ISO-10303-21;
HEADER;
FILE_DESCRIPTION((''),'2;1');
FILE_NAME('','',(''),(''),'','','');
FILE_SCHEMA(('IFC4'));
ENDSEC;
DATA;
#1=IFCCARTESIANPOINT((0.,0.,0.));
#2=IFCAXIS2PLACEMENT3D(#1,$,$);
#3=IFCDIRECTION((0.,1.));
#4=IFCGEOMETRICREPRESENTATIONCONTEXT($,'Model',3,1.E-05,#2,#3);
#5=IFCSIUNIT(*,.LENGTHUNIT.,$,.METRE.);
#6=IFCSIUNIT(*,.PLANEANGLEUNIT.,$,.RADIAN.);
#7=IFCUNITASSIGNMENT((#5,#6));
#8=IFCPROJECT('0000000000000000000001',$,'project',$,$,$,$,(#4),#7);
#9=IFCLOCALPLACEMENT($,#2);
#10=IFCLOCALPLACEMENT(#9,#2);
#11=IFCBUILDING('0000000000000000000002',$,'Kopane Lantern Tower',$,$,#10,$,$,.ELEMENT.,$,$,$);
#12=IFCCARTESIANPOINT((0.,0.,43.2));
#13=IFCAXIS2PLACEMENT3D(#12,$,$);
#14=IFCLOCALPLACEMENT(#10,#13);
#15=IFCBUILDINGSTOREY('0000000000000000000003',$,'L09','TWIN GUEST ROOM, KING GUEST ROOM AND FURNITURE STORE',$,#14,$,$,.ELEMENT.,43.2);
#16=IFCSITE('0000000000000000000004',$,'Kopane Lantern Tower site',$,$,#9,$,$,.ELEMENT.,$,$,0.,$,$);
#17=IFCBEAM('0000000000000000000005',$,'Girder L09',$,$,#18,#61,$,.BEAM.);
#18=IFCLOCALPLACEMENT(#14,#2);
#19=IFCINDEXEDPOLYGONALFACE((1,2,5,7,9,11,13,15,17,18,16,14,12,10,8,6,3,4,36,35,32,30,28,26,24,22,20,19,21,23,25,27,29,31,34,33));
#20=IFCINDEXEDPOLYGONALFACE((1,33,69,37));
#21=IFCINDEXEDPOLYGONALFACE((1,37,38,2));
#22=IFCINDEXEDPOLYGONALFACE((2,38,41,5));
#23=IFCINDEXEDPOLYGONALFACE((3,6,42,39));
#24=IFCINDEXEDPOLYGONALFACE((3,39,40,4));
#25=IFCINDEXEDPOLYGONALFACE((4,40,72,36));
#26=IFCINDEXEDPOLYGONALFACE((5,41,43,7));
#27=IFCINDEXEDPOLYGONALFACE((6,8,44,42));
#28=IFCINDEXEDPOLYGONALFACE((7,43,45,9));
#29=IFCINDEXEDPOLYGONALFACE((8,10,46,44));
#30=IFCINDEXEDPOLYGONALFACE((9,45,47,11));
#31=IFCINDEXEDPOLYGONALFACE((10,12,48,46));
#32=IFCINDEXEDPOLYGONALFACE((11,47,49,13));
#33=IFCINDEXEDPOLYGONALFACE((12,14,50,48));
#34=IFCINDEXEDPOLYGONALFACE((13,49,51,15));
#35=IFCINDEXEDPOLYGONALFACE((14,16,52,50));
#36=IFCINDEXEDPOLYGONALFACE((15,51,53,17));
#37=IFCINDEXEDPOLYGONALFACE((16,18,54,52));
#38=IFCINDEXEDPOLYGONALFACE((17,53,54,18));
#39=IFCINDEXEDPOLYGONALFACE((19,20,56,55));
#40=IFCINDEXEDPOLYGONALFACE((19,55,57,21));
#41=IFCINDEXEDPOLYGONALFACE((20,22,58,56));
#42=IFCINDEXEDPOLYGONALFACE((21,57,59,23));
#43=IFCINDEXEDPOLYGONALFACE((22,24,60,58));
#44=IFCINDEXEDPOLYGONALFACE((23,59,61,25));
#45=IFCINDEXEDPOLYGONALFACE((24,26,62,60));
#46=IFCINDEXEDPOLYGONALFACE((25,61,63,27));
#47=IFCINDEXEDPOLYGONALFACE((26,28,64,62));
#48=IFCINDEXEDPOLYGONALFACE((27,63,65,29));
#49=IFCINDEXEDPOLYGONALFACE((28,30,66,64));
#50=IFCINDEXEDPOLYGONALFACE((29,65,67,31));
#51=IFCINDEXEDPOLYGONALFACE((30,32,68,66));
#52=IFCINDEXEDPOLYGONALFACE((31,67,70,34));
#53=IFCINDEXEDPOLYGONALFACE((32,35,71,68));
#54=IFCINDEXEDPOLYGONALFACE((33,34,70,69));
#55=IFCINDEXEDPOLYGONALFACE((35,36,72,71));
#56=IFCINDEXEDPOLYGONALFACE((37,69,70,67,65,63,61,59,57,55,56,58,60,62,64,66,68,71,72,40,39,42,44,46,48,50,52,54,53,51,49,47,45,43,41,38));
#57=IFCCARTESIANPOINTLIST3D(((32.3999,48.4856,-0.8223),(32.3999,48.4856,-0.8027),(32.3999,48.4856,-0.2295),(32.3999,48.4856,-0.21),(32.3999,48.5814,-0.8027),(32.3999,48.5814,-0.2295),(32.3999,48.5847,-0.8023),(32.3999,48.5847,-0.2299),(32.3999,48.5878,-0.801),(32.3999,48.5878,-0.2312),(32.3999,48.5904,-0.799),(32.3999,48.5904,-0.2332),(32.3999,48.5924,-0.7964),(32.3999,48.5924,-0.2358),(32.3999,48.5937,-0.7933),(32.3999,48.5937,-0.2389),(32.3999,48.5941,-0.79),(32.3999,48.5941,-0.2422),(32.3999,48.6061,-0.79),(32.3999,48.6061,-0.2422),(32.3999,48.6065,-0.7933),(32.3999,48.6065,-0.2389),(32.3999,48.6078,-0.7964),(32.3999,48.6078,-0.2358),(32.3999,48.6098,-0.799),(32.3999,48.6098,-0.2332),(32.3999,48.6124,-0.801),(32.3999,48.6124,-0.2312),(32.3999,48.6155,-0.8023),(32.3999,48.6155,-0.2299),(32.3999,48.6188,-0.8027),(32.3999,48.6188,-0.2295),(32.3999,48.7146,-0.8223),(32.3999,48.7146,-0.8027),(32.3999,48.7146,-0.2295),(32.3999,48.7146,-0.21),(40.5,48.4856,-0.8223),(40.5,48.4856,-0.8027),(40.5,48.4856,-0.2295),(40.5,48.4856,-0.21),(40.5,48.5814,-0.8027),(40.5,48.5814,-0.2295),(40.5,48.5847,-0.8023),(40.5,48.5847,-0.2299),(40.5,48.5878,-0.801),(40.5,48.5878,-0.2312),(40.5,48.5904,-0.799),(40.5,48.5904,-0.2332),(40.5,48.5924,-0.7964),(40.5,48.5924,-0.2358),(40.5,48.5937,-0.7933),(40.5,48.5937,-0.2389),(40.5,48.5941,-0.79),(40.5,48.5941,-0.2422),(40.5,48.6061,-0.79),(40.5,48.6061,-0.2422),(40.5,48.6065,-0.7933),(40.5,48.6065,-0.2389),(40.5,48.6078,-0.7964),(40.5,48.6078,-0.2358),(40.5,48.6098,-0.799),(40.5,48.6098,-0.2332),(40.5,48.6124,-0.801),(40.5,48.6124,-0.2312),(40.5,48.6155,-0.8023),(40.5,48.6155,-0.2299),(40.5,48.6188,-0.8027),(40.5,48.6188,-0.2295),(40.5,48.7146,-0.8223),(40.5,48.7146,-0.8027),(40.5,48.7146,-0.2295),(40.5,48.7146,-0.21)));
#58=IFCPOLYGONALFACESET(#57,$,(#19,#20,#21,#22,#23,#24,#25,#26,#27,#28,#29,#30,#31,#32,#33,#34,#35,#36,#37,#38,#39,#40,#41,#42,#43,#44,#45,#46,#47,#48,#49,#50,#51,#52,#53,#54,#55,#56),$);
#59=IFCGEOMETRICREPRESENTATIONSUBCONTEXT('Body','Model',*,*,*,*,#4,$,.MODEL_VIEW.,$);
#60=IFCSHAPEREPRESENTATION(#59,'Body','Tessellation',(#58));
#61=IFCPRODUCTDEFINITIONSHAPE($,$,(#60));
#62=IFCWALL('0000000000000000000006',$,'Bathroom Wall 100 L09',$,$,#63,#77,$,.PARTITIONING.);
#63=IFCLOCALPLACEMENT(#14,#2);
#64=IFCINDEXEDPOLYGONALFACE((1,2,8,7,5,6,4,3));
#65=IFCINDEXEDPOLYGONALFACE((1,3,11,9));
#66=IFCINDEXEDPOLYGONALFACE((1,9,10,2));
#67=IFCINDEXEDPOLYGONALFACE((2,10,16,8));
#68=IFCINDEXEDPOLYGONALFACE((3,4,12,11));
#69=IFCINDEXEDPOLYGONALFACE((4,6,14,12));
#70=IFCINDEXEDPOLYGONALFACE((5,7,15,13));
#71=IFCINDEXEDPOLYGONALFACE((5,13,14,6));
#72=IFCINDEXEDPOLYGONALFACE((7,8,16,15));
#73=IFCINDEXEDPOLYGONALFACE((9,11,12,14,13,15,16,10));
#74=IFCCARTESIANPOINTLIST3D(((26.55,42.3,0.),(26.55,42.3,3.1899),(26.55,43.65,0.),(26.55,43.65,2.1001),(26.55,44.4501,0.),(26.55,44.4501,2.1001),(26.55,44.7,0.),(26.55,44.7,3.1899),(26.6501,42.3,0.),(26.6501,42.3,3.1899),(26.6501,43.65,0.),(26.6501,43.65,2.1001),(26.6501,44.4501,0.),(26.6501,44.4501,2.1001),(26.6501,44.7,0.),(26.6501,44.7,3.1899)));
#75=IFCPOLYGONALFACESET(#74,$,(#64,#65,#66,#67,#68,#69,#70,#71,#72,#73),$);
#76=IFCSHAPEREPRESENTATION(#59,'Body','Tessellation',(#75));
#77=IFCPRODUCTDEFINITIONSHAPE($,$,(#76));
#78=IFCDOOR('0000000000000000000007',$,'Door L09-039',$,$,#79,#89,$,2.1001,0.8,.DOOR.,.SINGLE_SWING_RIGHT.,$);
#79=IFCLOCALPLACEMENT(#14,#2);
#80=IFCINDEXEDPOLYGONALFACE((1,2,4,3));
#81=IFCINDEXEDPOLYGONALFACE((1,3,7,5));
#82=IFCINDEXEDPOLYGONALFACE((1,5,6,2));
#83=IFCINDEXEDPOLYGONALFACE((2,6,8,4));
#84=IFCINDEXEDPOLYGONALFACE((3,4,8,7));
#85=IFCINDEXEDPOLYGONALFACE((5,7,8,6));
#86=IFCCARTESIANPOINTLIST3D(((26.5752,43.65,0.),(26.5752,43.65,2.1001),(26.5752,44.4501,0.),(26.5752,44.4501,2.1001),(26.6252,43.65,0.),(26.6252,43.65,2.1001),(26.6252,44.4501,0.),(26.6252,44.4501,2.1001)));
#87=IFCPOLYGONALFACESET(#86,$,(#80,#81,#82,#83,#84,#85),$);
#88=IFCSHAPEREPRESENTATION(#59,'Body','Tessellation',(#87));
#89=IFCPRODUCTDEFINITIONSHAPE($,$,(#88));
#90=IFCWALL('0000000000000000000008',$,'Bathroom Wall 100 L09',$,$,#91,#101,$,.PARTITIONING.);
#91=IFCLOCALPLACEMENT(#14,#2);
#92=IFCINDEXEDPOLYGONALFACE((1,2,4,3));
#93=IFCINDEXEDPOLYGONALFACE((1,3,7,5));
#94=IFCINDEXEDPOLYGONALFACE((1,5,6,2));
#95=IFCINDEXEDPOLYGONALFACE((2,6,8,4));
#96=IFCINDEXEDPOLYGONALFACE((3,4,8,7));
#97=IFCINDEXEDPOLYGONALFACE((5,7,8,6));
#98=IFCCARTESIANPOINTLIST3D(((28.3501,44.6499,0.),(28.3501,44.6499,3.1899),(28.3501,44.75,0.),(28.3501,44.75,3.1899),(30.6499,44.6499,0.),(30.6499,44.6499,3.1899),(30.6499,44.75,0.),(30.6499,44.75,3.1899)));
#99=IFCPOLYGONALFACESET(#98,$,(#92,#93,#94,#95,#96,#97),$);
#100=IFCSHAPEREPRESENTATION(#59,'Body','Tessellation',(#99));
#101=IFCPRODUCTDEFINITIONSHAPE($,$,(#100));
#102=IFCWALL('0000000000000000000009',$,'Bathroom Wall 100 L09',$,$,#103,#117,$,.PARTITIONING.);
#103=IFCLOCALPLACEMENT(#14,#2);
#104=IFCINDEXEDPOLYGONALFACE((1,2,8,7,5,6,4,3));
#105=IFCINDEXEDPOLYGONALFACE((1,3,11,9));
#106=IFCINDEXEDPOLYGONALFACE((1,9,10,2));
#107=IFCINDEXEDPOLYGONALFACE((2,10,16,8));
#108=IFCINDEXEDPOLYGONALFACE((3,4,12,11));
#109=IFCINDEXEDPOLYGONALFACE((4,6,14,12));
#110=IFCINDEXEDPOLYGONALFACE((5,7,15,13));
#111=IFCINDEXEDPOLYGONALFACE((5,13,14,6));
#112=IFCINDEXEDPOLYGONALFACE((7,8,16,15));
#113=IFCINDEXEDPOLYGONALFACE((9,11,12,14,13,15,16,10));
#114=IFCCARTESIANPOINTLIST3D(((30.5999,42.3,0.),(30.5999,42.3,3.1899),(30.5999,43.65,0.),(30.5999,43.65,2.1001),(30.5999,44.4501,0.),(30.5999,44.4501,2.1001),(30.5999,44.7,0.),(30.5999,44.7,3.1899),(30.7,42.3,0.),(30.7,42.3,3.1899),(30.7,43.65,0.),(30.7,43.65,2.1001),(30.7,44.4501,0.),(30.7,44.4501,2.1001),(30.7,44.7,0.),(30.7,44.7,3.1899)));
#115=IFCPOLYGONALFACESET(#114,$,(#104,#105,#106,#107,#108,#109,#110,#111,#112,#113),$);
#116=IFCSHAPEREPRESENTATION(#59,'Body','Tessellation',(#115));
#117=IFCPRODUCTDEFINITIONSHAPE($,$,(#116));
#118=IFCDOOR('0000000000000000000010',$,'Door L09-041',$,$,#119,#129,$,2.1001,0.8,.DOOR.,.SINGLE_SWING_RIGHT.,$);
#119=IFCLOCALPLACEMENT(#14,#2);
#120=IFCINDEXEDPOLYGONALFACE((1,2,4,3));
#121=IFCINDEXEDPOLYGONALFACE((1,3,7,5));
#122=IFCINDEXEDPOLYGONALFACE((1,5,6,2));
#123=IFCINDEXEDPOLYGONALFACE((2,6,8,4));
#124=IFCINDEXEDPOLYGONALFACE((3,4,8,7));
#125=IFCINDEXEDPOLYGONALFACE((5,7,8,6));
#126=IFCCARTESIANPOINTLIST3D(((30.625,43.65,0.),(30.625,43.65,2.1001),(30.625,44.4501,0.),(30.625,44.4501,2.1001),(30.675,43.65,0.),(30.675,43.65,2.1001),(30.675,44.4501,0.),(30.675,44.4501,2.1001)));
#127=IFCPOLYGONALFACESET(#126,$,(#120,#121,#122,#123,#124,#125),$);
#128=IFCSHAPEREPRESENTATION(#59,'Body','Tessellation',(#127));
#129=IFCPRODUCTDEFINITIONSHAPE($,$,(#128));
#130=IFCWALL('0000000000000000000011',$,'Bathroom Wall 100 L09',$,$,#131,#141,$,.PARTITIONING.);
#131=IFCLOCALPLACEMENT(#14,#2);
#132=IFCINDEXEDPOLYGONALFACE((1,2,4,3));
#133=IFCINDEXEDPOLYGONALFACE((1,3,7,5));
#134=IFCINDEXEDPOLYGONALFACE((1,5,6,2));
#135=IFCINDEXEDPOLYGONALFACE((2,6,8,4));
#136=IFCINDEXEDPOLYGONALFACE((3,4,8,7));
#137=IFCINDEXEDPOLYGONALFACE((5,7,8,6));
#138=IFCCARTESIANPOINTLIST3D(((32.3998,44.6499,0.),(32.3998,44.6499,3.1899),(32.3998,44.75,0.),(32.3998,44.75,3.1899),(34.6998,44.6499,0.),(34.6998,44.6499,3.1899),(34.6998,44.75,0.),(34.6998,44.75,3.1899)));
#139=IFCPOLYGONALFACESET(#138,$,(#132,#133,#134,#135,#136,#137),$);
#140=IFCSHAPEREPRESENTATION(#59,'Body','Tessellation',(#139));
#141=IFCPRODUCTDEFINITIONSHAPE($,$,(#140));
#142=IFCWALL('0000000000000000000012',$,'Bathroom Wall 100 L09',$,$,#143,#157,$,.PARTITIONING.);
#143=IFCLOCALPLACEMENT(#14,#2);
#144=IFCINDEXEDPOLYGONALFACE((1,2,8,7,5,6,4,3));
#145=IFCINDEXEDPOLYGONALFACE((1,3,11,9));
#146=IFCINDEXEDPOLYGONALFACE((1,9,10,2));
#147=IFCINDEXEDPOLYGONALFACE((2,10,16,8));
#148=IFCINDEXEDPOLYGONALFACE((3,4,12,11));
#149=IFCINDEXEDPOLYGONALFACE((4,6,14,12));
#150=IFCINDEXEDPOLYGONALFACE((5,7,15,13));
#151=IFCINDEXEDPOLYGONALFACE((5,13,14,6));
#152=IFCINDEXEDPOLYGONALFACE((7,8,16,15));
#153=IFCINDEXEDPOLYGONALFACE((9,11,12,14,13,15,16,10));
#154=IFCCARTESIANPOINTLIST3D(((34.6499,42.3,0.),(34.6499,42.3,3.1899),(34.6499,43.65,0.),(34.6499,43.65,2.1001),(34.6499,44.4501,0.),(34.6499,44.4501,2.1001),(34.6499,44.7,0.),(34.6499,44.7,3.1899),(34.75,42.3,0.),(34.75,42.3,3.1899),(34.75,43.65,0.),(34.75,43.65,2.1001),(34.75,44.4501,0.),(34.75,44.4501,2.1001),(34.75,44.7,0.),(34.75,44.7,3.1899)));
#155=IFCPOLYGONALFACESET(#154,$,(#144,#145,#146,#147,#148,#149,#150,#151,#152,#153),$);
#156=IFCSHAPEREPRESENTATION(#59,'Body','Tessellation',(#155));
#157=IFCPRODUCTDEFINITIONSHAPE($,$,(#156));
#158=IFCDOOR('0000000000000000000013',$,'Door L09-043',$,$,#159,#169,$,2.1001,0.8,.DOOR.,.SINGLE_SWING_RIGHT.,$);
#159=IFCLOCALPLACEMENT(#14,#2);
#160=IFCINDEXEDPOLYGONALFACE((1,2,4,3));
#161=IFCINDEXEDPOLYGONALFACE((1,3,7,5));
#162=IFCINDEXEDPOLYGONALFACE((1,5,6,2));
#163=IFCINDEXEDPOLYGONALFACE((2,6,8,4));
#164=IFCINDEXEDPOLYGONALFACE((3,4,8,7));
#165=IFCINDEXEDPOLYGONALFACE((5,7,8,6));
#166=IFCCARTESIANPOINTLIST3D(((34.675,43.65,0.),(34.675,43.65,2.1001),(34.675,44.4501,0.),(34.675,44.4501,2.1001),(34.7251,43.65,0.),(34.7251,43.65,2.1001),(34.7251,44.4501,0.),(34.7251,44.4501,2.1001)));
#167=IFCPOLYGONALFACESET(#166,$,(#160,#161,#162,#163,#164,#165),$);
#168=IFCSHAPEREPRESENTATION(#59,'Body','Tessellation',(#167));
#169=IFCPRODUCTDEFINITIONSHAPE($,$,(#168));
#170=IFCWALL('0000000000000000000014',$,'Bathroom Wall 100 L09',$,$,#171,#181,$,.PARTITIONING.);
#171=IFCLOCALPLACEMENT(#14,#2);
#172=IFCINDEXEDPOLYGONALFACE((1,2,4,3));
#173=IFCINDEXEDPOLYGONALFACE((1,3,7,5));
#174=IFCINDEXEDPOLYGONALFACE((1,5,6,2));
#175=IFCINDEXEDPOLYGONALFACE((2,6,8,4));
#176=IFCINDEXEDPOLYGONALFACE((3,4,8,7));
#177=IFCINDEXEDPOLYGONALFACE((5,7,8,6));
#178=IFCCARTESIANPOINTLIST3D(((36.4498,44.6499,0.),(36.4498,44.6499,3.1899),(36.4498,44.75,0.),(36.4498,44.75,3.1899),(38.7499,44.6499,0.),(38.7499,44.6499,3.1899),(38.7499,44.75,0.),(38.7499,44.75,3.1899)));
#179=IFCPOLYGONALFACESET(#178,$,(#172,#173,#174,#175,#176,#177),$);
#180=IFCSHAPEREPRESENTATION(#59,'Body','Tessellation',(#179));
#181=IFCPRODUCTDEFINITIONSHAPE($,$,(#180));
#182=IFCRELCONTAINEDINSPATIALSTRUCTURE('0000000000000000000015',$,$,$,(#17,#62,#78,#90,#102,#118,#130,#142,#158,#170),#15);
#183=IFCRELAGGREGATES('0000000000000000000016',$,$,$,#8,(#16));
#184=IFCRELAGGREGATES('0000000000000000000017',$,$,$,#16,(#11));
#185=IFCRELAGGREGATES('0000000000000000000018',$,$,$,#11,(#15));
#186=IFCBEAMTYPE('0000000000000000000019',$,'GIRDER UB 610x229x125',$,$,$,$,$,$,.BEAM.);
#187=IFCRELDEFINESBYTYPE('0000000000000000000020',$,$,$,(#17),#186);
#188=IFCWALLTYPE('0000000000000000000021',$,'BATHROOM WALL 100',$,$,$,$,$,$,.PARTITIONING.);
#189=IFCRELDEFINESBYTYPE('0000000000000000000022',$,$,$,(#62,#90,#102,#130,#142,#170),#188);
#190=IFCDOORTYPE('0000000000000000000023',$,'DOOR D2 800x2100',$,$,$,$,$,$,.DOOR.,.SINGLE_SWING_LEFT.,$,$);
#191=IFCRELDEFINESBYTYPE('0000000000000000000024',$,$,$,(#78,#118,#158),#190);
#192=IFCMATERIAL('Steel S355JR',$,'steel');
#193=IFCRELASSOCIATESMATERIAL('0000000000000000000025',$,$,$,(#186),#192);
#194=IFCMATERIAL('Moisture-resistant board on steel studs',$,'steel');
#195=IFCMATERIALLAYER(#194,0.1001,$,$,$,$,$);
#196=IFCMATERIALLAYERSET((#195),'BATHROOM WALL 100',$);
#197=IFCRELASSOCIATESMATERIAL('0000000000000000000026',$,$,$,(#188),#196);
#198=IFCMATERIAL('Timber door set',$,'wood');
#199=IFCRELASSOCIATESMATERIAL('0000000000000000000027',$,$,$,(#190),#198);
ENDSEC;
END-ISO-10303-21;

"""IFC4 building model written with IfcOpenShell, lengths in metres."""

from ifc_helpers import new_model, si_unit, direction, frame, frame_2d, origin, origin_2d, place, context, subcontext, project, spatial, rectangle, i_section, extrude, material, layer, layer_set, material_profile, profile_set, type_object, element, fill, save


model = new_model("IFC4")

# Units and contexts
model_context = context("Model", 3, precision=1e-05, world=origin(), true_north=direction((0.0, 1.0)))
body_context = subcontext(model_context, "Body", "Model", "MODEL_VIEW")
ifc_project = project(units=[si_unit("LENGTHUNIT", "METRE"), si_unit("PLANEANGLEUNIT", "RADIAN")], contexts=[model_context])

# Site, building, storey
site_placement = place(None, origin())
site = spatial("IfcSite", under=ifc_project, at=site_placement, Name="Kopane Lantern Tower site", CompositionType="ELEMENT", RefElevation=0.0)
building_placement = place(site_placement, origin())
building = spatial("IfcBuilding", under=site, at=building_placement, Name="Kopane Lantern Tower", CompositionType="ELEMENT")
storey_placement = place(building_placement, frame((0.0, 0.0, 43.2)))
storey = spatial("IfcBuildingStorey", under=building, at=storey_placement, Name="L09", Description="TWIN GUEST ROOM, KING GUEST ROOM AND FURNITURE STORE", CompositionType="ELEMENT", Elevation=43.2)

# Beam
ifc_material_1 = material(Name="Steel S355JR", Category="steel")
ifc_material_profile_1 = material_profile(ifc_material_1, i_section(OverallWidth=0.229, OverallDepth=0.6123, WebThickness=0.012, FlangeThickness=0.0195, FilletRadius=0.0127, at=origin_2d()), Name="UB 610x229x125")
ifc_profile_set_1 = profile_set([ifc_material_profile_1], Name="Steel S355JR")
beam_type = type_object("IfcBeamType", Name="GIRDER UB 610x229x125", PredefinedType="BEAM", material=ifc_profile_set_1)
for number, where, z_axis, x_axis, name in (
    (1, (32.3999, 48.6001, -0.5161), (1.0, 0.0, 0.0), (0.0, 1.0, 0.0), "Girder L09"),
):
    element("IfcBeam", number, at=place(storey_placement, frame(where, z_axis=z_axis, x_axis=x_axis)), inside=storey, type_object=beam_type, Name=name, PredefinedType="BEAM", context=body_context, shape_type="SweptSolid", body=[
        extrude(i_section(OverallWidth=0.229, OverallDepth=0.6123, WebThickness=0.012, FlangeThickness=0.0195, FilletRadius=0.0127, at=origin_2d()), origin(), (0.0, 0.0, 1.0), 8.1001),
    ])

# Wall, opening, door
ifc_material_2 = material(Name="Moisture-resistant board on steel studs", Category="steel")
ifc_layer_1 = layer(ifc_material_2, 0.1001)
ifc_layer_set_1 = layer_set([ifc_layer_1], Name="BATHROOM WALL 100")
wall_type_1 = type_object("IfcWallType", Name="BATHROOM WALL 100", PredefinedType="PARTITIONING", material=ifc_layer_set_1)
wall_1_placement = place(storey_placement, frame((26.6001, 42.3, 0.0), z_axis=(0.0, 0.0, 1.0), x_axis=(0.0, 1.0, 0.0)))
wall_1 = element("IfcWall", 2, at=wall_1_placement, inside=storey, type_object=wall_type_1, Name="Bathroom Wall 100 L09", PredefinedType="PARTITIONING", context=body_context, shape_type="SweptSolid", body=[
    extrude(rectangle(XDim=2.3999, YDim=0.1001, at=frame_2d((1.2, 0.0))), origin(), (0.0, 0.0, 1.0), 3.1899),
])
opening_1_placement = place(wall_1_placement, frame((1.3501, 0.0, 0.0)))
opening_1 = element("IfcOpeningElement", 3, at=opening_1_placement, cuts=wall_1, PredefinedType="OPENING", context=body_context, shape_type="SweptSolid", body=[
    extrude(rectangle(XDim=0.8, YDim=2.1001, at=frame_2d((0.3999, 1.05))), frame((0.0, 0.0601, 0.0), z_axis=(0.0, -1.0, 0.0), x_axis=(1.0, 0.0, 0.0)), (0.0, 0.0, 1.0), 0.1201),
])
ifc_material_3 = material(Name="Timber door set", Category="wood")
door_type_1 = type_object("IfcDoorType", Name="DOOR D2 800x2100", OperationType="SINGLE_SWING_LEFT", PredefinedType="DOOR", material=ifc_material_3)
door_1_placement = place(opening_1_placement, origin())
door_1 = element("IfcDoor", 4, at=door_1_placement, inside=storey, type_object=door_type_1, Name="Door L09-039", OperationType="SINGLE_SWING_RIGHT", OverallHeight=2.1001, OverallWidth=0.8, PredefinedType="DOOR", context=body_context, shape_type="SweptSolid", body=[
    extrude(rectangle(XDim=0.8, YDim=2.1001, at=frame_2d((0.3999, 1.05))), frame((0.0, 0.0249, 0.0), z_axis=(0.0, -1.0, 0.0), x_axis=(1.0, 0.0, 0.0)), (0.0, 0.0, 1.0), 0.05),
])
fill(opening_1, door_1)

# Wall
wall_2_placement = place(storey_placement, frame((28.3501, 44.7, 0.0), z_axis=(0.0, 0.0, 1.0), x_axis=(1.0, 0.0, 0.0)))
element("IfcWall", 5, at=wall_2_placement, inside=storey, type_object=wall_type_1, Name="Bathroom Wall 100 L09", PredefinedType="PARTITIONING", context=body_context, shape_type="SweptSolid", body=[
    extrude(rectangle(XDim=2.2998, YDim=0.1001, at=frame_2d((1.1499, 0.0))), origin(), (0.0, 0.0, 1.0), 3.1899),
])

# Wall, opening, door
wall_3_placement = place(storey_placement, frame((30.6499, 42.3, 0.0), z_axis=(0.0, 0.0, 1.0), x_axis=(0.0, 1.0, 0.0)))
wall_3 = element("IfcWall", 6, at=wall_3_placement, inside=storey, type_object=wall_type_1, Name="Bathroom Wall 100 L09", PredefinedType="PARTITIONING", context=body_context, shape_type="SweptSolid", body=[
    extrude(rectangle(XDim=2.3999, YDim=0.1001, at=frame_2d((1.2, 0.0))), origin(), (0.0, 0.0, 1.0), 3.1899),
])
opening_2_placement = place(wall_3_placement, frame((1.3501, 0.0, 0.0)))
opening_2 = element("IfcOpeningElement", 7, at=opening_2_placement, cuts=wall_3, PredefinedType="OPENING", context=body_context, shape_type="SweptSolid", body=[
    extrude(rectangle(XDim=0.8, YDim=2.1001, at=frame_2d((0.3999, 1.05))), frame((0.0, 0.0601, 0.0), z_axis=(0.0, -1.0, 0.0), x_axis=(1.0, 0.0, 0.0)), (0.0, 0.0, 1.0), 0.1201),
])
door_2_placement = place(opening_2_placement, origin())
door_2 = element("IfcDoor", 8, at=door_2_placement, inside=storey, type_object=door_type_1, Name="Door L09-041", OperationType="SINGLE_SWING_RIGHT", OverallHeight=2.1001, OverallWidth=0.8, PredefinedType="DOOR", context=body_context, shape_type="SweptSolid", body=[
    extrude(rectangle(XDim=0.8, YDim=2.1001, at=frame_2d((0.3999, 1.05))), frame((0.0, 0.0249, 0.0), z_axis=(0.0, -1.0, 0.0), x_axis=(1.0, 0.0, 0.0)), (0.0, 0.0, 1.0), 0.05),
])
fill(opening_2, door_2)

# Wall
wall_4_placement = place(storey_placement, frame((32.3999, 44.7, 0.0), z_axis=(0.0, 0.0, 1.0), x_axis=(1.0, 0.0, 0.0)))
element("IfcWall", 9, at=wall_4_placement, inside=storey, type_object=wall_type_1, Name="Bathroom Wall 100 L09", PredefinedType="PARTITIONING", context=body_context, shape_type="SweptSolid", body=[
    extrude(rectangle(XDim=2.3, YDim=0.1001, at=frame_2d((1.1499, 0.0))), origin(), (0.0, 0.0, 1.0), 3.1899),
])

# Wall, opening, door
wall_5_placement = place(storey_placement, frame((34.7, 42.3, 0.0), z_axis=(0.0, 0.0, 1.0), x_axis=(0.0, 1.0, 0.0)))
wall_5 = element("IfcWall", 10, at=wall_5_placement, inside=storey, type_object=wall_type_1, Name="Bathroom Wall 100 L09", PredefinedType="PARTITIONING", context=body_context, shape_type="SweptSolid", body=[
    extrude(rectangle(XDim=2.3999, YDim=0.1001, at=frame_2d((1.2, 0.0))), origin(), (0.0, 0.0, 1.0), 3.1899),
])
opening_3_placement = place(wall_5_placement, frame((1.3501, 0.0, 0.0)))
opening_3 = element("IfcOpeningElement", 11, at=opening_3_placement, cuts=wall_5, PredefinedType="OPENING", context=body_context, shape_type="SweptSolid", body=[
    extrude(rectangle(XDim=0.8, YDim=2.1001, at=frame_2d((0.3999, 1.05))), frame((0.0, 0.0601, 0.0), z_axis=(0.0, -1.0, 0.0), x_axis=(1.0, 0.0, 0.0)), (0.0, 0.0, 1.0), 0.1201),
])
door_3_placement = place(opening_3_placement, origin())
door_3 = element("IfcDoor", 12, at=door_3_placement, inside=storey, type_object=door_type_1, Name="Door L09-043", OperationType="SINGLE_SWING_RIGHT", OverallHeight=2.1001, OverallWidth=0.8, PredefinedType="DOOR", context=body_context, shape_type="SweptSolid", body=[
    extrude(rectangle(XDim=0.8, YDim=2.1001, at=frame_2d((0.3999, 1.05))), frame((0.0, 0.0249, 0.0), z_axis=(0.0, -1.0, 0.0), x_axis=(1.0, 0.0, 0.0)), (0.0, 0.0, 1.0), 0.05),
])
fill(opening_3, door_3)

# Wall
wall_6_placement = place(storey_placement, frame((36.45, 44.7, 0.0), z_axis=(0.0, 0.0, 1.0), x_axis=(1.0, 0.0, 0.0)))
element("IfcWall", 13, at=wall_6_placement, inside=storey, type_object=wall_type_1, Name="Bathroom Wall 100 L09", PredefinedType="PARTITIONING", context=body_context, shape_type="SweptSolid", body=[
    extrude(rectangle(XDim=2.3, YDim=0.1001, at=frame_2d((1.1499, 0.0))), origin(), (0.0, 0.0, 1.0), 3.1899),
])

save(model, "model.ifc")
